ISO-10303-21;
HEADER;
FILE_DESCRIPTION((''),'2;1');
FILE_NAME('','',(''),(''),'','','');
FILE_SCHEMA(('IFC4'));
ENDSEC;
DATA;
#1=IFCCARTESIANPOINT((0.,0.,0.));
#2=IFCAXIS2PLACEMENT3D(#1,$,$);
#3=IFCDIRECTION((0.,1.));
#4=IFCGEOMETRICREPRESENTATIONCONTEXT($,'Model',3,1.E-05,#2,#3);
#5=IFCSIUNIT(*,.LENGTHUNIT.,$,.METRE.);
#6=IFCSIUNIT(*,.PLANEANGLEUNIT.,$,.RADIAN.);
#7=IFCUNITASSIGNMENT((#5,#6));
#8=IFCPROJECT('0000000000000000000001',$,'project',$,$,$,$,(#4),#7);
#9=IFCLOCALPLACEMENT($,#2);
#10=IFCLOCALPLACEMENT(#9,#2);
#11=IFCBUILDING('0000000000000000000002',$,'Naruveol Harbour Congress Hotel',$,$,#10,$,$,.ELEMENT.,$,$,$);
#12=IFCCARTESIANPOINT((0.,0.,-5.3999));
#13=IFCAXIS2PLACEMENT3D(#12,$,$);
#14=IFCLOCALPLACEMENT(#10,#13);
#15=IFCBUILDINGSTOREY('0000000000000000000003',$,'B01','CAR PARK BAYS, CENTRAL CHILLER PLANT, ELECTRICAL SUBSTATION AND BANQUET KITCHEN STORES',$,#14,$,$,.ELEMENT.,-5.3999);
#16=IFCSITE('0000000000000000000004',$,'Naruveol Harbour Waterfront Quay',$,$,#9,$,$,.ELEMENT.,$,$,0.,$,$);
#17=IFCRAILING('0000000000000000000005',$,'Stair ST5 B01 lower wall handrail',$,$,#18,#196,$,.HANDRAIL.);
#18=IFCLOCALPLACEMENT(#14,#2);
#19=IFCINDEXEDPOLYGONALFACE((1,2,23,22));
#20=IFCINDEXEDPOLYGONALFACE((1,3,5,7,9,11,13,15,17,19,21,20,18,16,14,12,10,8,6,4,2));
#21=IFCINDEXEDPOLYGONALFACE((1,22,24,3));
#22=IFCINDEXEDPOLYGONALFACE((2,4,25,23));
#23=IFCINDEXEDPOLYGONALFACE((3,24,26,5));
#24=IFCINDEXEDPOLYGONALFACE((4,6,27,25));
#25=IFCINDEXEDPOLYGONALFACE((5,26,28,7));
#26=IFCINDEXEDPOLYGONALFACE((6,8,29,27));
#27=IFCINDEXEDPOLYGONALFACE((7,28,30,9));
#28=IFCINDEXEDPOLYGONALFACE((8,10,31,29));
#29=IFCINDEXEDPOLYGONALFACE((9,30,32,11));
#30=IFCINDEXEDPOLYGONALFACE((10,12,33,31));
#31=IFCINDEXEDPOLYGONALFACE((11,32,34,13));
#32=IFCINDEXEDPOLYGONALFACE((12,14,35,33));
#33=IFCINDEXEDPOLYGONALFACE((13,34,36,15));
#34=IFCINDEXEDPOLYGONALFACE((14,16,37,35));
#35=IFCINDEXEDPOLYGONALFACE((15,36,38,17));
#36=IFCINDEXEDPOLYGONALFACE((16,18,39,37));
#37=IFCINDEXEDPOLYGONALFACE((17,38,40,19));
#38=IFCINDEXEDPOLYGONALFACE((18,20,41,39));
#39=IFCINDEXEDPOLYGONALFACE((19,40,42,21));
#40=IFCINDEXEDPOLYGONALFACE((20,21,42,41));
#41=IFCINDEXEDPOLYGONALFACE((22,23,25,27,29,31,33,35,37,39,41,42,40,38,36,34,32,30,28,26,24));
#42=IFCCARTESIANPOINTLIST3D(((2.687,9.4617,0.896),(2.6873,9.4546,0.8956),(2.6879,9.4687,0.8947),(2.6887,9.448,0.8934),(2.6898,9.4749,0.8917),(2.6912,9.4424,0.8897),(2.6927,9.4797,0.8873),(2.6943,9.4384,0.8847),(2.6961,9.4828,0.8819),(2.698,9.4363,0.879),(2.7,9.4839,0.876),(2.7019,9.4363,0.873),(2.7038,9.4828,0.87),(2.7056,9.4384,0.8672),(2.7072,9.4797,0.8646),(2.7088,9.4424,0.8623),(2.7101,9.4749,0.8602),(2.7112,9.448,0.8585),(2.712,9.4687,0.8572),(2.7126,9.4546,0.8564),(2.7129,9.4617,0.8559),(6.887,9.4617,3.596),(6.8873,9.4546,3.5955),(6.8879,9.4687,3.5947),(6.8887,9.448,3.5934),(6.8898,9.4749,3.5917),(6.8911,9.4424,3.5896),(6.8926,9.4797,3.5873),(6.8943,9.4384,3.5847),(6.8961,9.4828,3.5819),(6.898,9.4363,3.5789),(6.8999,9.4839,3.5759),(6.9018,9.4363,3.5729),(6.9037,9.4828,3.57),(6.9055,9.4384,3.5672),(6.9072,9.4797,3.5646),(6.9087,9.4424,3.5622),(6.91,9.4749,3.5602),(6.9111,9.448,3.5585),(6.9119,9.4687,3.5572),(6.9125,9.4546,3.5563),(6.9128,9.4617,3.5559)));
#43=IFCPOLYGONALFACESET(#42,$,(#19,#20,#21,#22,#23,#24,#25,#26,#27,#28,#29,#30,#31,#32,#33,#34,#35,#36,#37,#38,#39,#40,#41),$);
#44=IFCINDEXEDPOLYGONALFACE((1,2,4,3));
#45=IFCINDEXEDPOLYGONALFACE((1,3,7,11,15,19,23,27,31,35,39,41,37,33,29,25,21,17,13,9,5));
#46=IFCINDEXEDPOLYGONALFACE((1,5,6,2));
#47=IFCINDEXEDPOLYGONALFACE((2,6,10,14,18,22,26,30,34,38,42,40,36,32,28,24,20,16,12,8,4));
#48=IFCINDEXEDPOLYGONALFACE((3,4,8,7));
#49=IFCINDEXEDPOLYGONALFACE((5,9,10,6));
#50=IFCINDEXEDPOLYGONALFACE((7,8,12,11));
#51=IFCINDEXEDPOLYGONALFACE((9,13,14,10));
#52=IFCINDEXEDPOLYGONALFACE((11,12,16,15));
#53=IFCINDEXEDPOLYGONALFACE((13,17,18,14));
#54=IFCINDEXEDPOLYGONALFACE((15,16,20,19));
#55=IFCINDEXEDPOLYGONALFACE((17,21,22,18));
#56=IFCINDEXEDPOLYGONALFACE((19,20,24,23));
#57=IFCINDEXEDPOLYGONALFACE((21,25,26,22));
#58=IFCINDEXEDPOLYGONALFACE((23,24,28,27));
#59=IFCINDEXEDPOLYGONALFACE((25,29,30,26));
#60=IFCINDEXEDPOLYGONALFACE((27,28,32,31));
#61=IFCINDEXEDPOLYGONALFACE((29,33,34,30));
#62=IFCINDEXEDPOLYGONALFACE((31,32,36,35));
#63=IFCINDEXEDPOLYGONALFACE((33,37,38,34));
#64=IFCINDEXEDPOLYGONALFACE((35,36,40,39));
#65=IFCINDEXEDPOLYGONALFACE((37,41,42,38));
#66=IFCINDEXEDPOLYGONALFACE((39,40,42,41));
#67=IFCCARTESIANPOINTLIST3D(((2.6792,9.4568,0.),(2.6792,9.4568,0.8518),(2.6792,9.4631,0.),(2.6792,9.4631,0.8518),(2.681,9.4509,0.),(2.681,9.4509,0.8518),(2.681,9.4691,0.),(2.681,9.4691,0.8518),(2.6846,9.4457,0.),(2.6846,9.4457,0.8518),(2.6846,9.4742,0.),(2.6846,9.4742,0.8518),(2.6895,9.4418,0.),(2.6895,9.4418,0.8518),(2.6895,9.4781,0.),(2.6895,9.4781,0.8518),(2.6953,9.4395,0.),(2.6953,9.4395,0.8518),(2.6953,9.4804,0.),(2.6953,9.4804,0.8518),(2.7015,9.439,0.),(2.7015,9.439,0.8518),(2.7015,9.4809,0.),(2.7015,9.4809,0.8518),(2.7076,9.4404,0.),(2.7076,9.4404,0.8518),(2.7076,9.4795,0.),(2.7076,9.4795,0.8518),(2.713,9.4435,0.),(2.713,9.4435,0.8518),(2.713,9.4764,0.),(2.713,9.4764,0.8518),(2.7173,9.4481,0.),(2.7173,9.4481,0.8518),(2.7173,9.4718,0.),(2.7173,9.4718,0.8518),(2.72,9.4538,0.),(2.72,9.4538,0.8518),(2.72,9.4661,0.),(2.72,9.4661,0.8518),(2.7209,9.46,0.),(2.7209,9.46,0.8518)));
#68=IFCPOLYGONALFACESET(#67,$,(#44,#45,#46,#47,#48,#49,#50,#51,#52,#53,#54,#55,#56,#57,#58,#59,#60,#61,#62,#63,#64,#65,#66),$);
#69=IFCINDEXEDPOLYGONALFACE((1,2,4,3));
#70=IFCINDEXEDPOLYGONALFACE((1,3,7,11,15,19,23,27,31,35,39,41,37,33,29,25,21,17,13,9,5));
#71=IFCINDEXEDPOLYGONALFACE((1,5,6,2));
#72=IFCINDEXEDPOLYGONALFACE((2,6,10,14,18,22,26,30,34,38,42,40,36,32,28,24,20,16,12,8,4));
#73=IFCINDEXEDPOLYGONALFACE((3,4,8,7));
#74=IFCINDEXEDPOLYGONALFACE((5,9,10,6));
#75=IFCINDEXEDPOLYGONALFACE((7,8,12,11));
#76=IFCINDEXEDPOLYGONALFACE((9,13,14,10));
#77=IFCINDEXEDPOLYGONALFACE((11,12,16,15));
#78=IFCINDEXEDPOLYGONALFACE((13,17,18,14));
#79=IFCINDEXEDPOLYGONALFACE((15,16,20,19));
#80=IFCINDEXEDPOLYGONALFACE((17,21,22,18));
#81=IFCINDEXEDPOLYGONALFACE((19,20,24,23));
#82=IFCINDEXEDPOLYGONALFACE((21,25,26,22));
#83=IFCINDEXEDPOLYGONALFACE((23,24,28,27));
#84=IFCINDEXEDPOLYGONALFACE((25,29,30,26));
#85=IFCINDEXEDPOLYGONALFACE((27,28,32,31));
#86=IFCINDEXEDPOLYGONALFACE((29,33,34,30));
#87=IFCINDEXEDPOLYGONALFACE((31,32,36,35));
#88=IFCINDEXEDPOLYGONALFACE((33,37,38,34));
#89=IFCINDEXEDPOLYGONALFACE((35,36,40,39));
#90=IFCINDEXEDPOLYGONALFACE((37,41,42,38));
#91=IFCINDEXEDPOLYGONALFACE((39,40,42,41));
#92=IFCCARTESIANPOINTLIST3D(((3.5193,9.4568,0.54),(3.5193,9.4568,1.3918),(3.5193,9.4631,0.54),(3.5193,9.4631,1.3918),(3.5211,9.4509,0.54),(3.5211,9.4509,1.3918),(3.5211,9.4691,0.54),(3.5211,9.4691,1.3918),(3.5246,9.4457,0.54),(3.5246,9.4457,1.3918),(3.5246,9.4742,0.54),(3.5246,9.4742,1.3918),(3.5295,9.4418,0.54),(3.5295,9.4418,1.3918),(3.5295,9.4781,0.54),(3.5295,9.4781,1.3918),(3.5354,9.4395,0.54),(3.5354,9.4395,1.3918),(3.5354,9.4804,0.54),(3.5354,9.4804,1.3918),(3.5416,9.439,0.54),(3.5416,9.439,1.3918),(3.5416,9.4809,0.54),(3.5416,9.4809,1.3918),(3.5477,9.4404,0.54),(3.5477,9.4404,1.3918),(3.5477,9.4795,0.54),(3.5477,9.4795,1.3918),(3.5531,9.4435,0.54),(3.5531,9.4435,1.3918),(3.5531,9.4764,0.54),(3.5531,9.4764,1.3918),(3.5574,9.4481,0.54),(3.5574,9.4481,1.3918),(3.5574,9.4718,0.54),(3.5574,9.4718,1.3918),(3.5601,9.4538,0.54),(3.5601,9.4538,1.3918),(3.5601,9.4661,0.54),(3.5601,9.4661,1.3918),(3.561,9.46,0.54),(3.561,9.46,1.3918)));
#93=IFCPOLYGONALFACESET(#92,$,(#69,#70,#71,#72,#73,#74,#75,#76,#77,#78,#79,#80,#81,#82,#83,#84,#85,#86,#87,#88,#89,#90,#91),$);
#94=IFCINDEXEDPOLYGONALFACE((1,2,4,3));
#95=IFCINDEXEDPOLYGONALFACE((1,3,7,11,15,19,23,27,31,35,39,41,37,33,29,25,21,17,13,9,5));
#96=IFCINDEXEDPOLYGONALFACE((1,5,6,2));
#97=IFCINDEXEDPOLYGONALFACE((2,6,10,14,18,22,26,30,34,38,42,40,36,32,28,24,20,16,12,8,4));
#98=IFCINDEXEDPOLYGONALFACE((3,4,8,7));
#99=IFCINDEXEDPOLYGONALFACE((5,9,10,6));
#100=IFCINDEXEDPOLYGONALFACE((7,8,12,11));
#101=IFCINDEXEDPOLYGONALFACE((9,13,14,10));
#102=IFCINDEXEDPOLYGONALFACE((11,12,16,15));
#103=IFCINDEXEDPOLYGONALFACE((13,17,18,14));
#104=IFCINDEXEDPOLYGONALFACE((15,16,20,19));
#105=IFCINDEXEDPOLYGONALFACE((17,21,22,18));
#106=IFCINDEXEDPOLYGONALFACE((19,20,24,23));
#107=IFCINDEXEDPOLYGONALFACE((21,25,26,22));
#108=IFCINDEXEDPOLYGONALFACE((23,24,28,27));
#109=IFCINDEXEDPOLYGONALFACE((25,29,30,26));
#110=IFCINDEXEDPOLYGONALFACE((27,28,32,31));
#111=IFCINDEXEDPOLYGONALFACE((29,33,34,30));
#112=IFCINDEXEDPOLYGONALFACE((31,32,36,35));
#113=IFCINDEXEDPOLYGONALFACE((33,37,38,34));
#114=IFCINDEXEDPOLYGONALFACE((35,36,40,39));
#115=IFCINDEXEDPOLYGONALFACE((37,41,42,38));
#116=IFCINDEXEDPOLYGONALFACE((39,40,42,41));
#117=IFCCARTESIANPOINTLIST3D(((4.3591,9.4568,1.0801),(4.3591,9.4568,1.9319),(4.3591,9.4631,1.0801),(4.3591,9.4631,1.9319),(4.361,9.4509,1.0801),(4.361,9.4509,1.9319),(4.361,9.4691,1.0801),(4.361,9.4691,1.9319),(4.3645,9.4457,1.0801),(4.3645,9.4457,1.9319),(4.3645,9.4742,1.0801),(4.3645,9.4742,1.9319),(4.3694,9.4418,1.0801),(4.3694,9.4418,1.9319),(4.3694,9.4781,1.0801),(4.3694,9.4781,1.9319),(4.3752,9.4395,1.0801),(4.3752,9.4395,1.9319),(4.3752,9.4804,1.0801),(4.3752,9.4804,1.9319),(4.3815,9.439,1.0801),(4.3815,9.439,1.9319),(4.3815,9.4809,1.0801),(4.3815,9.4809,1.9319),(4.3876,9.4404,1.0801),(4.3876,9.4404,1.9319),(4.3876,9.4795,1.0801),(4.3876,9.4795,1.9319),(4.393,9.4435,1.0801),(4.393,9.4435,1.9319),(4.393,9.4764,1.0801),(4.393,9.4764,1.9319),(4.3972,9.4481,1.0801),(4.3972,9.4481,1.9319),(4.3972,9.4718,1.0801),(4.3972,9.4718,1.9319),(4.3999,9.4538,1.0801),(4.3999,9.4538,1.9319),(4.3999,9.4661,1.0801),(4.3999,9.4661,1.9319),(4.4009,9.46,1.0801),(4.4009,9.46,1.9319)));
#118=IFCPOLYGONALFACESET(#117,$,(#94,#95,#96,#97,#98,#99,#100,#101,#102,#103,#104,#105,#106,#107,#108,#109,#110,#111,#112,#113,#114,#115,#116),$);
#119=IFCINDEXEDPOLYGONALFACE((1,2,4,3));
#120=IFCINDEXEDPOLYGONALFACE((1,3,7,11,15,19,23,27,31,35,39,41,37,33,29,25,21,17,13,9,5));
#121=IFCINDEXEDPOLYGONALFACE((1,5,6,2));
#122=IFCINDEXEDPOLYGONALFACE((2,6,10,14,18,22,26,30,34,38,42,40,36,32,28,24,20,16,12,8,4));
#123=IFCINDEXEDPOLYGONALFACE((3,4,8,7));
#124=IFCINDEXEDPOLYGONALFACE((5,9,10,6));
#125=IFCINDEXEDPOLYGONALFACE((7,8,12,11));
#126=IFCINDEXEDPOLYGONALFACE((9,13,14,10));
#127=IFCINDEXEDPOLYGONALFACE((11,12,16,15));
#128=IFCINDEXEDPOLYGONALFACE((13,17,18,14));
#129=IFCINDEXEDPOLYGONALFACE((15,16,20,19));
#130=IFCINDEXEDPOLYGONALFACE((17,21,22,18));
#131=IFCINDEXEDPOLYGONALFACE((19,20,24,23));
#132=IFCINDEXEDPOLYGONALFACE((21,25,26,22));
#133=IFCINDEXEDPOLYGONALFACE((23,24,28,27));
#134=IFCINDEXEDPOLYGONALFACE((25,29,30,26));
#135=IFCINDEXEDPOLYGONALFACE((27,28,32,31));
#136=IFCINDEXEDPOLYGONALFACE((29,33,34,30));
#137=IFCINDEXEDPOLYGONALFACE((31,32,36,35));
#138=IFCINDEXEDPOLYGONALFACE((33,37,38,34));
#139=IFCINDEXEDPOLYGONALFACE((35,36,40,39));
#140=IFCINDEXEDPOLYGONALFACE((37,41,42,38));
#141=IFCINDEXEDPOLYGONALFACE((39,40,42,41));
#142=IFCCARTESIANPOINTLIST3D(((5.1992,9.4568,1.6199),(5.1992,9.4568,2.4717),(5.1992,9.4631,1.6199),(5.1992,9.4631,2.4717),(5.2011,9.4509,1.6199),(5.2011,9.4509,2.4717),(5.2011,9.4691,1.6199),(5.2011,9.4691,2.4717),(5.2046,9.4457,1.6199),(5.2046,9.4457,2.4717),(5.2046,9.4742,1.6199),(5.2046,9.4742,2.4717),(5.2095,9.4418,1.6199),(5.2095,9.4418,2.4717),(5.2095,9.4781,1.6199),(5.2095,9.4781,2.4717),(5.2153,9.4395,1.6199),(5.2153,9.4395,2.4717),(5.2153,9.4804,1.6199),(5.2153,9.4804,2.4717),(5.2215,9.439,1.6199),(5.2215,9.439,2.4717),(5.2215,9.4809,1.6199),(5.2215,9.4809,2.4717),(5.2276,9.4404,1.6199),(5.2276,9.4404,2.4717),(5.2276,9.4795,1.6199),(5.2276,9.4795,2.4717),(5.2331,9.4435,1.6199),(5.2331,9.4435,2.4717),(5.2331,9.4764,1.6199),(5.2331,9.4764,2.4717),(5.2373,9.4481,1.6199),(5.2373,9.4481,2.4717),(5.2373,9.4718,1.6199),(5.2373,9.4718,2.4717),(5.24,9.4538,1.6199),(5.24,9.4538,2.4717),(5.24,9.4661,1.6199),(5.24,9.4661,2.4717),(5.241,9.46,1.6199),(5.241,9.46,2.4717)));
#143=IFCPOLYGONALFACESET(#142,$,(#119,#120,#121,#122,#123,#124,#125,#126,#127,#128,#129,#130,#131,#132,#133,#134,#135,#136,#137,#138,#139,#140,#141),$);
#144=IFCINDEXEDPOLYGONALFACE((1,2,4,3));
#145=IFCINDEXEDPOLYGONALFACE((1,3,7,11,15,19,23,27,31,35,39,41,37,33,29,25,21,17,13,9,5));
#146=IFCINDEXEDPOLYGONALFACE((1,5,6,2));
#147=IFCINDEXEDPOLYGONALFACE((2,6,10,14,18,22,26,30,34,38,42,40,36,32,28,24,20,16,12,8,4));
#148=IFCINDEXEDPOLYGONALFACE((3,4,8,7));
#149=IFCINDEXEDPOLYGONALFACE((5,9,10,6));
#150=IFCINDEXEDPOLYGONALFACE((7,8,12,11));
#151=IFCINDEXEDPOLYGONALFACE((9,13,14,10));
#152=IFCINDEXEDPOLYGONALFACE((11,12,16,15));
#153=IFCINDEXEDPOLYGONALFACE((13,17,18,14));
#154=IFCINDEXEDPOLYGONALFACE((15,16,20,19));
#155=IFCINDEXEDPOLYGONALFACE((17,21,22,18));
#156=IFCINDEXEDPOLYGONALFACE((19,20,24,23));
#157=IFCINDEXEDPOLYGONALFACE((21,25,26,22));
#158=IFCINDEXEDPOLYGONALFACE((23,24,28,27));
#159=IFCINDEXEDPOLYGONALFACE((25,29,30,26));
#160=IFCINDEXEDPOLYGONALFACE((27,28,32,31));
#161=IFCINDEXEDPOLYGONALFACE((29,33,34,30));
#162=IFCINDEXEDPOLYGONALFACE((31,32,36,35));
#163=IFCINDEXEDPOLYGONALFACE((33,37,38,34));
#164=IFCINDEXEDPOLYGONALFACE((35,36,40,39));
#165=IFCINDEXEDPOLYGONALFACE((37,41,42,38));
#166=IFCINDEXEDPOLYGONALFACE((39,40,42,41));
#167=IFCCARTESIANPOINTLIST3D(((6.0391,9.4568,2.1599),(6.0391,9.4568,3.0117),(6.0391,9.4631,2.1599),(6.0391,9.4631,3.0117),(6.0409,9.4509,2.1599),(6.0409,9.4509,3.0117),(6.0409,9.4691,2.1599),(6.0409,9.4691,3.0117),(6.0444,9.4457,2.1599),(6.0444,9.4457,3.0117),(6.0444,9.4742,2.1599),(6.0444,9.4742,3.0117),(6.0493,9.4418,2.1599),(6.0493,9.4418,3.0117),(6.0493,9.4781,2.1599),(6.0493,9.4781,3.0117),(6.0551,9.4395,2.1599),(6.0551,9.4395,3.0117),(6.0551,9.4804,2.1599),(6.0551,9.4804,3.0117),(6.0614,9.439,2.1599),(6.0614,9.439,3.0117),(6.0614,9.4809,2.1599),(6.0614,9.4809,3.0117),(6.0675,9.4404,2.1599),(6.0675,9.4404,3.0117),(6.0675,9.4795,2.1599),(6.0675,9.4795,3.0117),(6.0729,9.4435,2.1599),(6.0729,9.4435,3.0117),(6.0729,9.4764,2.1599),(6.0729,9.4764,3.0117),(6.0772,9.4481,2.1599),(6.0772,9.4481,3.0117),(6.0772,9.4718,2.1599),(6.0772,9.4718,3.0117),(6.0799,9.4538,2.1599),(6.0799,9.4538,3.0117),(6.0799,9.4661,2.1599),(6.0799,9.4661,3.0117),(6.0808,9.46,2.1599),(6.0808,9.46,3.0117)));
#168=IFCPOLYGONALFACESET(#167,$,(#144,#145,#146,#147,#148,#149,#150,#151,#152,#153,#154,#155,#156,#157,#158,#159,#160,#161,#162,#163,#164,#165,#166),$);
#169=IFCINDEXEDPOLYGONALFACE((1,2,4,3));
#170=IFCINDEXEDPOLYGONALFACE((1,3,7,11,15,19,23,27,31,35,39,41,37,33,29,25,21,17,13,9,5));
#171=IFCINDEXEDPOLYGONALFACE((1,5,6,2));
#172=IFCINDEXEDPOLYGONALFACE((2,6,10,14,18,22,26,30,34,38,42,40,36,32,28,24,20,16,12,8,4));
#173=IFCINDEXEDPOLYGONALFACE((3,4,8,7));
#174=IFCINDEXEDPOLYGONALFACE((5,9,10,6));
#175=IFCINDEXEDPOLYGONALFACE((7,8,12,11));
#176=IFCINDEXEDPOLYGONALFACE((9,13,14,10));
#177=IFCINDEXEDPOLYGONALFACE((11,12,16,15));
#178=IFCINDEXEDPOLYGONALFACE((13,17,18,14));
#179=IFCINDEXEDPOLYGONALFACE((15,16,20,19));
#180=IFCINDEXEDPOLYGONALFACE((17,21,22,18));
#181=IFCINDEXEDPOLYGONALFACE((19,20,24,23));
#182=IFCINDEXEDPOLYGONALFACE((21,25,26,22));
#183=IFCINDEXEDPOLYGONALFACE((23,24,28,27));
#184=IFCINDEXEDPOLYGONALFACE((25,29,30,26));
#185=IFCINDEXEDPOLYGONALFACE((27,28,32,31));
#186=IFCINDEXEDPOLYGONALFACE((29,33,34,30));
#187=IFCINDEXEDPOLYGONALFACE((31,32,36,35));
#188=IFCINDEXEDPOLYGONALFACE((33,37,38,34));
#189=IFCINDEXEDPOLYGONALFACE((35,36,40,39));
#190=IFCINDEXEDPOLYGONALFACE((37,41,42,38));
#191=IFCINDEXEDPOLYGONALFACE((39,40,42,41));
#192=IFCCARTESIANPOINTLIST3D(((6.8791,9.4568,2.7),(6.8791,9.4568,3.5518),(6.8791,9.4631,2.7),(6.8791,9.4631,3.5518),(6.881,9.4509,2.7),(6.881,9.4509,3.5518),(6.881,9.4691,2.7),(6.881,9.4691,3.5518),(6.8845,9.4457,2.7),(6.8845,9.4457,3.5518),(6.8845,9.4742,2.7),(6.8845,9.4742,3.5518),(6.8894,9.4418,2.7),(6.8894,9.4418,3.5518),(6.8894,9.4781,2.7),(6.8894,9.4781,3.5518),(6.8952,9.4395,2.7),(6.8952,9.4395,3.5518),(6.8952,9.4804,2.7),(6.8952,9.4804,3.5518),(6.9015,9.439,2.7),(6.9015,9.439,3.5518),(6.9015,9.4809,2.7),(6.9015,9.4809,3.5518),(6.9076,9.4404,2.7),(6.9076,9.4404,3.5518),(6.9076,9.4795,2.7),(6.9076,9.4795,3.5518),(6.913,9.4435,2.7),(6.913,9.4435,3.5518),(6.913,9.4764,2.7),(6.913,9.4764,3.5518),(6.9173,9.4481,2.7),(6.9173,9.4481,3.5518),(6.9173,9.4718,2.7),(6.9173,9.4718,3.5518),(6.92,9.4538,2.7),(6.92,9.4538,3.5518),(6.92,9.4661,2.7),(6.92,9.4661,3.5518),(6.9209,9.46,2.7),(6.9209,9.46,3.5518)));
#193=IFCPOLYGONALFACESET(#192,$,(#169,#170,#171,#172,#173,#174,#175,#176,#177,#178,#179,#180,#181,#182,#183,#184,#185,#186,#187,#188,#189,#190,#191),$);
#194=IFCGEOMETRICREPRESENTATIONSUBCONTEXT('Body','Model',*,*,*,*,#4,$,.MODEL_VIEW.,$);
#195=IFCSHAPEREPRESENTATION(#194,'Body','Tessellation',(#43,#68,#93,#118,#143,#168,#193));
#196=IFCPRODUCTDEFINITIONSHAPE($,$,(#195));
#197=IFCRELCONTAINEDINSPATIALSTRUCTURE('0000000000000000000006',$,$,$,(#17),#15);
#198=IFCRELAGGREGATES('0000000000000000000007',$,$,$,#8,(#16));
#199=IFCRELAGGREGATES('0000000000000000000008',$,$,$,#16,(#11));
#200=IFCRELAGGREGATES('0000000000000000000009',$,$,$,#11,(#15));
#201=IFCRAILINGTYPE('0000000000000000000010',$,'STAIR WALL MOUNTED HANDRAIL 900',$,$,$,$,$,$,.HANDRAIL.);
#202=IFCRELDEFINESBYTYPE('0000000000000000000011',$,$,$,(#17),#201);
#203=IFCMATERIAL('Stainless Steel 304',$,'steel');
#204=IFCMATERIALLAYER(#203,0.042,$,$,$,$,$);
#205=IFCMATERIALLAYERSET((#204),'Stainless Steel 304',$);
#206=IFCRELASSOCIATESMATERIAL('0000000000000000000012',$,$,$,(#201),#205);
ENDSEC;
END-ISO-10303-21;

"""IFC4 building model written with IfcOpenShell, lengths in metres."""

from ifc_helpers import new_model, si_unit, direction, frame, origin, origin_2d, place, context, subcontext, project, spatial, circle, extrude, material, layer, layer_set, type_object, element, save


model = new_model("IFC4")

# Units and contexts
model_context = context("Model", 3, precision=1e-05, world=origin(), true_north=direction((0.0, 1.0)))
body_context = subcontext(model_context, "Body", "Model", "MODEL_VIEW")
ifc_project = project(units=[si_unit("LENGTHUNIT", "METRE"), si_unit("PLANEANGLEUNIT", "RADIAN")], contexts=[model_context])

# Site, building, storey
site_placement = place(None, origin())
site = spatial("IfcSite", under=ifc_project, at=site_placement, Name="Naruveol Harbour Waterfront Quay", CompositionType="ELEMENT", RefElevation=0.0)
building_placement = place(site_placement, origin())
building = spatial("IfcBuilding", under=site, at=building_placement, Name="Naruveol Harbour Congress Hotel", CompositionType="ELEMENT")
storey_placement = place(building_placement, frame((0.0, 0.0, -5.3999)))
storey = spatial("IfcBuildingStorey", under=building, at=storey_placement, Name="B01", Description="CAR PARK BAYS, CENTRAL CHILLER PLANT, ELECTRICAL SUBSTATION AND BANQUET KITCHEN STORES", CompositionType="ELEMENT", Elevation=-5.3999)

# Railing
ifc_material_1 = material(Name="Stainless Steel 304", Category="steel")
ifc_layer_1 = layer(ifc_material_1, 0.042)
ifc_layer_set_1 = layer_set([ifc_layer_1], Name="Stainless Steel 304")
railing_type_1 = type_object("IfcRailingType", Name="STAIR WALL MOUNTED HANDRAIL 900", PredefinedType="HANDRAIL", material=ifc_layer_set_1)
railing_1_placement = place(storey_placement, frame((2.7, 9.46, 0.0)))
element("IfcRailing", 1, at=railing_1_placement, inside=storey, type_object=railing_type_1, Name="Stair ST5 B01 lower wall handrail", PredefinedType="HANDRAIL", context=body_context, shape_type="SweptSolid", body=[
    extrude(circle(Radius=0.0239, at=origin_2d()), frame((0.0, 0.0, 0.876), z_axis=(0.84118, 0.0, 0.540755), x_axis=(0.0, 1.0, 0.0)), (0.0, 0.0, 1.0), 4.9929),
    extrude(circle(Radius=0.021, at=origin_2d()), origin(), (0.0, 0.0, 1.0), 0.8518),
    extrude(circle(Radius=0.021, at=origin_2d()), frame((0.8401, 0.0, 0.54)), (0.0, 0.0, 1.0), 0.8518),
    extrude(circle(Radius=0.021, at=origin_2d()), frame((1.6799, 0.0, 1.0801)), (0.0, 0.0, 1.0), 0.8518),
    extrude(circle(Radius=0.021, at=origin_2d()), frame((2.52, 0.0, 1.6199)), (0.0, 0.0, 1.0), 0.8518),
    extrude(circle(Radius=0.021, at=origin_2d()), frame((3.3599, 0.0, 2.1599)), (0.0, 0.0, 1.0), 0.8518),
    extrude(circle(Radius=0.021, at=origin_2d()), frame((4.2, 0.0, 2.7)), (0.0, 0.0, 1.0), 0.8518),
])

save(model, "model.ifc")
